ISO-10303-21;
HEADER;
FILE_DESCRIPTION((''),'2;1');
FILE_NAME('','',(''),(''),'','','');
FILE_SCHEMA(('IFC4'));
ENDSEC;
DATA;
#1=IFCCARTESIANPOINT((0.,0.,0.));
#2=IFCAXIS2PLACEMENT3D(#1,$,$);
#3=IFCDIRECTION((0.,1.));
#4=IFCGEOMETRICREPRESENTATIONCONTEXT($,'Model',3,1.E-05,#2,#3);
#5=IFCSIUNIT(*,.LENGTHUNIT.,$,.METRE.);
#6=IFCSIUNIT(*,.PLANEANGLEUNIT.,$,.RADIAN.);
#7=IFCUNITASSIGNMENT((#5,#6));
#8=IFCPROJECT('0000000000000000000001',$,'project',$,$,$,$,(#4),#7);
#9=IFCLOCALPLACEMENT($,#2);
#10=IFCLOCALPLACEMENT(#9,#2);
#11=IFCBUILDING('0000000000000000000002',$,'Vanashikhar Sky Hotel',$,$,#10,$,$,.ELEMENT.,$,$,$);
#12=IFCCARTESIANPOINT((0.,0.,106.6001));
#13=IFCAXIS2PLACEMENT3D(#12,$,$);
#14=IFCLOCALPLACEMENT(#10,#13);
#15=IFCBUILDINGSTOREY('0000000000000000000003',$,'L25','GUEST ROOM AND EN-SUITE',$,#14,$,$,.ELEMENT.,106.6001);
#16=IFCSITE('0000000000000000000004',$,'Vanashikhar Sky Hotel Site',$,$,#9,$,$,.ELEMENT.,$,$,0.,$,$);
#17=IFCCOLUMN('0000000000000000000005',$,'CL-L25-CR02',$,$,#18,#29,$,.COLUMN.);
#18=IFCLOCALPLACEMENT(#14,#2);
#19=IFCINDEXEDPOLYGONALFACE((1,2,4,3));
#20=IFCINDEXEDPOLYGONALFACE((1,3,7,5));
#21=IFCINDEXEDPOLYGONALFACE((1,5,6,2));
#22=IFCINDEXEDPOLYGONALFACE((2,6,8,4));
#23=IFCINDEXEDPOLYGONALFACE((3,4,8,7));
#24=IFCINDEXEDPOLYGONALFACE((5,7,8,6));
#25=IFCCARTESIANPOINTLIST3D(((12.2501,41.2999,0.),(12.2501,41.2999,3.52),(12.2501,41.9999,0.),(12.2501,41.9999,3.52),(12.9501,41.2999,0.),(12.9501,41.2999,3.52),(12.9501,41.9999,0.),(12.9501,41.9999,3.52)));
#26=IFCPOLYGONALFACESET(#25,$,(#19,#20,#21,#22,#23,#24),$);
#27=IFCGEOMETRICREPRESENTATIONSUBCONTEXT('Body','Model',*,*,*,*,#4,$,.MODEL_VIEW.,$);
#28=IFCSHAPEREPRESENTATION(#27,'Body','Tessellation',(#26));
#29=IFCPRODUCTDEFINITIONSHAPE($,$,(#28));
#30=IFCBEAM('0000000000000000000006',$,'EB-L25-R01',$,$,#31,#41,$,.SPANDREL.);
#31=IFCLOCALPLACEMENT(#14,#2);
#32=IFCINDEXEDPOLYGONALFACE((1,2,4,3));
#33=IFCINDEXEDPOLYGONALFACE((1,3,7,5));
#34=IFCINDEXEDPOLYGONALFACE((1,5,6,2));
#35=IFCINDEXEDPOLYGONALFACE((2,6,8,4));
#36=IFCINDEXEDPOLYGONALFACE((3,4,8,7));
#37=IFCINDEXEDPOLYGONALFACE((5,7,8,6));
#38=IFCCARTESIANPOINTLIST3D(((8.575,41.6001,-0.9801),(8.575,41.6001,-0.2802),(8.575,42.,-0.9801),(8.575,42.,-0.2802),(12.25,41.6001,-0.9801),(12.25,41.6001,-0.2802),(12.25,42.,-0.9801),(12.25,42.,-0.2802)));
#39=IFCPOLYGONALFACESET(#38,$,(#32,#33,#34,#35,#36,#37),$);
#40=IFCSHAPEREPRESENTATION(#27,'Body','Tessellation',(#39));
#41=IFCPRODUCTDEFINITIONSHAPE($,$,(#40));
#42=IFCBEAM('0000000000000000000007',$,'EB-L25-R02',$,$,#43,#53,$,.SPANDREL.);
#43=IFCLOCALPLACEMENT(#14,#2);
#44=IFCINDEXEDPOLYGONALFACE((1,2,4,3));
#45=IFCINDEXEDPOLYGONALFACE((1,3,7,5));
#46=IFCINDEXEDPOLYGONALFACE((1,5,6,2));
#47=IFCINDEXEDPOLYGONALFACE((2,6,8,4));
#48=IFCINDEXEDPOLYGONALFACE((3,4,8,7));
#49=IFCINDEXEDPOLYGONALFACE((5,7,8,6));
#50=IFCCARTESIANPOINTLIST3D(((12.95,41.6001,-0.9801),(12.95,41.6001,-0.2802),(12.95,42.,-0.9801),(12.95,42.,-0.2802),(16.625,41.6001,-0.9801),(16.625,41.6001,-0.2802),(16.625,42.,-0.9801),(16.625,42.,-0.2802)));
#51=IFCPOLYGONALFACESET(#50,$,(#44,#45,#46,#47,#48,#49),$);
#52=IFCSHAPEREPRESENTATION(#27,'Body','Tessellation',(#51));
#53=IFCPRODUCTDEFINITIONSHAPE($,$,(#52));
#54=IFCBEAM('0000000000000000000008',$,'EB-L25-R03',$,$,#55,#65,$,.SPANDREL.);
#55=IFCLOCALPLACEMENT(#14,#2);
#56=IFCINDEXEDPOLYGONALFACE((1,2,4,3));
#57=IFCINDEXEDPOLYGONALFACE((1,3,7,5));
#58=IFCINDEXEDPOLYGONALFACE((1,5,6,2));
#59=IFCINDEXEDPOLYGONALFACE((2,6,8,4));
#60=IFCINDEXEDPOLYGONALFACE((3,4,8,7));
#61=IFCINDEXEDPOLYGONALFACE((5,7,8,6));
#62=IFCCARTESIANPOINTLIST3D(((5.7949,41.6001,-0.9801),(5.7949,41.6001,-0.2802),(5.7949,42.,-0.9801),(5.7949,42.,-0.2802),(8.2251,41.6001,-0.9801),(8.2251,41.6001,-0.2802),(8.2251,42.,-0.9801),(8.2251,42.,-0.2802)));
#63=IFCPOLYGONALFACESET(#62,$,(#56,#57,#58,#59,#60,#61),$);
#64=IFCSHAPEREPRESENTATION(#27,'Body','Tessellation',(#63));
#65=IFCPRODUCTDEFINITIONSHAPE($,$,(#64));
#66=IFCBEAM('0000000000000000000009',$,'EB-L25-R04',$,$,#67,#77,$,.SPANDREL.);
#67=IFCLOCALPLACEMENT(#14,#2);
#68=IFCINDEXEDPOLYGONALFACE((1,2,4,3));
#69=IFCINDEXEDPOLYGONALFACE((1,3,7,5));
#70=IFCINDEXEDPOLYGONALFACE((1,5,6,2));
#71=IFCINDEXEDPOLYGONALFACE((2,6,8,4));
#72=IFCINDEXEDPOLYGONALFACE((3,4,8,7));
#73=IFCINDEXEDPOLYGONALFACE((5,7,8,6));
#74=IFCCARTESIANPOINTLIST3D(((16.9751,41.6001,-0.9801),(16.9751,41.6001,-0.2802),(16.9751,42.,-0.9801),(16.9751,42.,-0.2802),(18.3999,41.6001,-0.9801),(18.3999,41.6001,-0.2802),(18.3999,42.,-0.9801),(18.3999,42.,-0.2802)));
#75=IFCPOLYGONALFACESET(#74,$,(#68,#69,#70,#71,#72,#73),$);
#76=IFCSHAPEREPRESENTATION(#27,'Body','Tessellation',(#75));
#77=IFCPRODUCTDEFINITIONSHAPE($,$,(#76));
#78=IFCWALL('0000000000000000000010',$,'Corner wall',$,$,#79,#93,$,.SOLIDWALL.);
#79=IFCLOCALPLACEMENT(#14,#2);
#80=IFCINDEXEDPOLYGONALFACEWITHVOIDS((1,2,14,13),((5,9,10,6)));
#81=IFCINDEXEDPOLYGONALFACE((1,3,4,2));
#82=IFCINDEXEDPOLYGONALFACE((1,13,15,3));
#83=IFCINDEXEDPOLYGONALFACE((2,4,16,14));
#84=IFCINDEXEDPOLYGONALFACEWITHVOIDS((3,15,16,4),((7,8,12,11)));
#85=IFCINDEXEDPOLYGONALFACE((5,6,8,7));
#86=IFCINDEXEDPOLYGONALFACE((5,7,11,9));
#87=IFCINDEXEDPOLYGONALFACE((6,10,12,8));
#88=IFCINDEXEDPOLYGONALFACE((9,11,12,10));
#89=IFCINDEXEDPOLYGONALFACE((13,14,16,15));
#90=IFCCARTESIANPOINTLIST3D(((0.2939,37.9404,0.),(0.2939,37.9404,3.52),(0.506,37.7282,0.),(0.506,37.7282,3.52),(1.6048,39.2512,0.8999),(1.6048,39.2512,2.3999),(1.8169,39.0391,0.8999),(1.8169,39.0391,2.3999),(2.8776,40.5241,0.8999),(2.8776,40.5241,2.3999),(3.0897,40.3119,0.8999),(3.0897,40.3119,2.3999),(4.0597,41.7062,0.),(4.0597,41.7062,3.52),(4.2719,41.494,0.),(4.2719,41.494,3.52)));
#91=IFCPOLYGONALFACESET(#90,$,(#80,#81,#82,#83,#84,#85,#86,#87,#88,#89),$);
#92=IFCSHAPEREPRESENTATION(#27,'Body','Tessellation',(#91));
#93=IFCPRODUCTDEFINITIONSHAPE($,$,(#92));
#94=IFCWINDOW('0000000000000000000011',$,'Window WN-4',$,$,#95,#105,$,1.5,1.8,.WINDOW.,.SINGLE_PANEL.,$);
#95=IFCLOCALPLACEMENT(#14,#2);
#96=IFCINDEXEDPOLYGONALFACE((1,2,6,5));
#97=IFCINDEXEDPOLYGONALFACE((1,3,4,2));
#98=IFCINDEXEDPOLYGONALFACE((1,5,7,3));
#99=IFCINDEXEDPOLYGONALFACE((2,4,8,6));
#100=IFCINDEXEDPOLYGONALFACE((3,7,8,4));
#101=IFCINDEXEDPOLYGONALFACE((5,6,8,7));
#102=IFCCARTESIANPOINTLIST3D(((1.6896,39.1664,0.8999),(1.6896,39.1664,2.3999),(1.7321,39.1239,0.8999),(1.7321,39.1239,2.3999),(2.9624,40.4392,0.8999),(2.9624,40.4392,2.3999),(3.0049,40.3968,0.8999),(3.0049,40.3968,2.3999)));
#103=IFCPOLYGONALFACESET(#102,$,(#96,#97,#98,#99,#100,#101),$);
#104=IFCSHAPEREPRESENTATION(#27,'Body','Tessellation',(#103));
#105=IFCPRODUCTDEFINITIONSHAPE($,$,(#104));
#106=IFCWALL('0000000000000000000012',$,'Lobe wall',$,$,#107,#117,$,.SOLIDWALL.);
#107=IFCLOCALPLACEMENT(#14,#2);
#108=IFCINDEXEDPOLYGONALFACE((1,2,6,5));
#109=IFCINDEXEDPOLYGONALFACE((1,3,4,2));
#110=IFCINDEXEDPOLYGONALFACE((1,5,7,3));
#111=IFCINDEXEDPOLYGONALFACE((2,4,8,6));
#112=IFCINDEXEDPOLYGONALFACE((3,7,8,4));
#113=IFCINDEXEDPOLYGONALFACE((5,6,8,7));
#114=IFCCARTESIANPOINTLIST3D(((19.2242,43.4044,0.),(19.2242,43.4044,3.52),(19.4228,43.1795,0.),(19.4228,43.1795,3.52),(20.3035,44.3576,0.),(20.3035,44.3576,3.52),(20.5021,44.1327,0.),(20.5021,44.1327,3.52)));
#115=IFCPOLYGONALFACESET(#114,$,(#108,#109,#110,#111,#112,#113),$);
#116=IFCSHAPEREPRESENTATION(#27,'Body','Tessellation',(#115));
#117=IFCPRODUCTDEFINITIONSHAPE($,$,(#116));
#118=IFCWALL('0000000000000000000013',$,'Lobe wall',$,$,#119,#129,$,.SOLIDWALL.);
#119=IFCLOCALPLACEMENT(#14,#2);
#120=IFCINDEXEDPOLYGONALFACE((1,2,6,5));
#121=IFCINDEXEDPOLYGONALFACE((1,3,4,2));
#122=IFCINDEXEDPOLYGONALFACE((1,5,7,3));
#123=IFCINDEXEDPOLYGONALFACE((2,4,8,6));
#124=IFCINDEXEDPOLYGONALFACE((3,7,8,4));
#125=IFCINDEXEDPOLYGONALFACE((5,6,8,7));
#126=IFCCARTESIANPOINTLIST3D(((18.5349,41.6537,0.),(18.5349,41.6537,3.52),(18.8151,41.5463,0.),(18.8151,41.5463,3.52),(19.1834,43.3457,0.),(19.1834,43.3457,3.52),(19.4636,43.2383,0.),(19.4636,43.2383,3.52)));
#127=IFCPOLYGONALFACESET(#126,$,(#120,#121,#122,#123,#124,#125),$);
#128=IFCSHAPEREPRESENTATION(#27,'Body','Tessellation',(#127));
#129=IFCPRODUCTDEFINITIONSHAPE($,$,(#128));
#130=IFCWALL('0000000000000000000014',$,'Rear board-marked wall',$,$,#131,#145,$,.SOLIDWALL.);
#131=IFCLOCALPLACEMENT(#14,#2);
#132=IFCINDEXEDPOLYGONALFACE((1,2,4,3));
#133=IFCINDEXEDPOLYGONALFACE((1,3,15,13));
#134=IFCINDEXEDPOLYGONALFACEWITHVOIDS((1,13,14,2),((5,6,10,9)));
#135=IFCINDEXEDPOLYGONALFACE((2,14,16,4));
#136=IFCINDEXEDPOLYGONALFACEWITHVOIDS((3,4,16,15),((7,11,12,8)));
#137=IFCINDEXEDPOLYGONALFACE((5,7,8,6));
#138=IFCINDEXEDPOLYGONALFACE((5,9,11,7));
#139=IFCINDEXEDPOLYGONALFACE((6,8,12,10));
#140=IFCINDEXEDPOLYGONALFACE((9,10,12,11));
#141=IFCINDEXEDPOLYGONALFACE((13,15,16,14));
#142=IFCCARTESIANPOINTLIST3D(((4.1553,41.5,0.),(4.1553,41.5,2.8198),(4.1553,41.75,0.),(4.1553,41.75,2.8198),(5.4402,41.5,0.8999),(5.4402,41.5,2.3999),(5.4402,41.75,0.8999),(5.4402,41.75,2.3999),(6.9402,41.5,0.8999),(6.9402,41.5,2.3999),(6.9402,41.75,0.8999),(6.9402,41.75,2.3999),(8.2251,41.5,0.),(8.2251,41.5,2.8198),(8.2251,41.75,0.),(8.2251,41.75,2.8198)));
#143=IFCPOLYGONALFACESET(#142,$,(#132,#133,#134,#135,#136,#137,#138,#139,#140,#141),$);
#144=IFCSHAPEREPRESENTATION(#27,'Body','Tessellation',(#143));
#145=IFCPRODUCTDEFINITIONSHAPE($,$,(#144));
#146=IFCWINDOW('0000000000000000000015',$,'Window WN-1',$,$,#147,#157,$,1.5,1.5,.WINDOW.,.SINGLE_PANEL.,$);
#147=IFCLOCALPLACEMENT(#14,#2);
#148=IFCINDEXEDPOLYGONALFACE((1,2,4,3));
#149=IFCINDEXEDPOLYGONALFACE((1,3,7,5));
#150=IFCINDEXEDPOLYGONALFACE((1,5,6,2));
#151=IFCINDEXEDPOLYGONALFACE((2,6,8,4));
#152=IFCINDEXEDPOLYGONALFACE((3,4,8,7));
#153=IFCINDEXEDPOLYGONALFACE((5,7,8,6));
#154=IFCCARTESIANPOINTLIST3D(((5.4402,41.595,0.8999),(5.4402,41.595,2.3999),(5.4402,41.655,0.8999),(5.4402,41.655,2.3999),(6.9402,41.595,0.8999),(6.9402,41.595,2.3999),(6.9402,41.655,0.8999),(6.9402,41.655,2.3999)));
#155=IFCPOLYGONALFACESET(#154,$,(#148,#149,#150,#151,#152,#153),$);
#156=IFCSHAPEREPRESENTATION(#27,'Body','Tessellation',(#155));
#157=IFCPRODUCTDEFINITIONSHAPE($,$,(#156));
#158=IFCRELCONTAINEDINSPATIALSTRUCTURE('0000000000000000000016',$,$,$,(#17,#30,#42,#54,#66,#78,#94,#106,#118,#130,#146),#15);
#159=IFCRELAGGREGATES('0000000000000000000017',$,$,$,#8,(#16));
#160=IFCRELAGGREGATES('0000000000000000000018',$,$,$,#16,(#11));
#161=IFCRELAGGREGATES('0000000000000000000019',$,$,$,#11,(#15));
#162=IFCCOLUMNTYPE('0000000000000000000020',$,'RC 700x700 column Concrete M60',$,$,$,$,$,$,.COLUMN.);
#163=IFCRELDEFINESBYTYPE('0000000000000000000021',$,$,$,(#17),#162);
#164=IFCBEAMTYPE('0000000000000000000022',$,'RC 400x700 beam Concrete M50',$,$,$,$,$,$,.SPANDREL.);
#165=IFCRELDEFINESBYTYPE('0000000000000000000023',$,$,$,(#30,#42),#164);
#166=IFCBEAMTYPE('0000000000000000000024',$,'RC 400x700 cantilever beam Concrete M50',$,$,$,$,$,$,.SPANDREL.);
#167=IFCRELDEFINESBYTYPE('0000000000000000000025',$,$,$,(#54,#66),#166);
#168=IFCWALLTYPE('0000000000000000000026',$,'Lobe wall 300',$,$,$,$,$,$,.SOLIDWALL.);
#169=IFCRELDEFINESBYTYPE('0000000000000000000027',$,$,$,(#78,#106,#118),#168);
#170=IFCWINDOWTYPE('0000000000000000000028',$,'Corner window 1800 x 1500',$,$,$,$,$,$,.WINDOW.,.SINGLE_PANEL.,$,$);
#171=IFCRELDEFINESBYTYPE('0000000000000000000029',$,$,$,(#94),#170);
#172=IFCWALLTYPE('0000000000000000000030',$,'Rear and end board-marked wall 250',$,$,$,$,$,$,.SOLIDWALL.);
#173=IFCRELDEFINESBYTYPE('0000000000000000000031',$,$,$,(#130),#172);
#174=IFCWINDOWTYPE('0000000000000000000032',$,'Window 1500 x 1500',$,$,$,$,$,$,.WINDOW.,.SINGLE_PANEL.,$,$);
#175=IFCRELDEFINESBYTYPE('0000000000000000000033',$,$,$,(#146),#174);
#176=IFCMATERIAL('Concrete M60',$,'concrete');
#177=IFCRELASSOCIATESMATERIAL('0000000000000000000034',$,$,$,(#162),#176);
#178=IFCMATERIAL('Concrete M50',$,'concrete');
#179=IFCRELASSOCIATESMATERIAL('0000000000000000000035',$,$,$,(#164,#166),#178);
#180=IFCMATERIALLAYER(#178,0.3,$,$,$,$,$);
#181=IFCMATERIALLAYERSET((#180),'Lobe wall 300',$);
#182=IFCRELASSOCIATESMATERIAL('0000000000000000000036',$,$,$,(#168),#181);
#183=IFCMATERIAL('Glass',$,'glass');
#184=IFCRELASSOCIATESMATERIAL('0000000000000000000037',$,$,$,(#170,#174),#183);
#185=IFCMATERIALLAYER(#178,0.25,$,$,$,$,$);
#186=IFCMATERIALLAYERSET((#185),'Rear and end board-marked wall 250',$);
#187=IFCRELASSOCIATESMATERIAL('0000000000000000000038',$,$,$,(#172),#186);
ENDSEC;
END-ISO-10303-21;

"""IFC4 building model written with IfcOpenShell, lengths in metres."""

from ifc_helpers import new_model, si_unit, direction, frame, frame_2d, origin, origin_2d, place, context, subcontext, project, spatial, rectangle, extrude, source, transform, mapped, material, layer, layer_set, material_profile, profile_set, type_object, element, fill, save


model = new_model("IFC4")

# Units and contexts
model_context = context("Model", 3, precision=1e-05, world=origin(), true_north=direction((0.0, 1.0)))
body_context = subcontext(model_context, "Body", "Model", "MODEL_VIEW")
ifc_project = project(units=[si_unit("LENGTHUNIT", "METRE"), si_unit("PLANEANGLEUNIT", "RADIAN")], contexts=[model_context])

# Site, building, storey
site_placement = place(None, origin())
site = spatial("IfcSite", under=ifc_project, at=site_placement, Name="Vanashikhar Sky Hotel Site", CompositionType="ELEMENT", RefElevation=0.0)
building_placement = place(site_placement, origin())
building = spatial("IfcBuilding", under=site, at=building_placement, Name="Vanashikhar Sky Hotel", CompositionType="ELEMENT")
storey_placement = place(building_placement, frame((0.0, 0.0, 106.6001)))
storey = spatial("IfcBuildingStorey", under=building, at=storey_placement, Name="L25", Description="GUEST ROOM AND EN-SUITE", CompositionType="ELEMENT", Elevation=106.6001)

# Column
ifc_material_1 = material(Name="Concrete M60", Category="concrete")
ifc_material_profile_1 = material_profile(ifc_material_1, rectangle(XDim=0.7, YDim=0.7, at=origin_2d()))
ifc_profile_set_1 = profile_set([ifc_material_profile_1], Name="RC 700x700 column Concrete M60")
column_type = type_object("IfcColumnType", Name="RC 700x700 column Concrete M60", PredefinedType="COLUMN", material=ifc_profile_set_1)
shared_shape_1 = source(origin(), body_context, "Body", "SweptSolid", [
    extrude(rectangle(XDim=0.7, YDim=0.7, at=origin_2d()), origin(), (0.0, 0.0, 1.0), 3.52),
])
column_placement = place(storey_placement, frame((12.6001, 41.6499, 0.0), z_axis=(0.0, 0.0, 1.0), x_axis=(1.0, 0.0, 0.0)))
element("IfcColumn", 1, at=column_placement, inside=storey, type_object=column_type, Name="CL-L25-CR02", PredefinedType="COLUMN", context=body_context, shape_type="MappedRepresentation", body=[
    mapped(shared_shape_1, transform((0.0, 0.0, 0.0), scale=1.0)),
])

# Beams
ifc_material_2 = material(Name="Concrete M50", Category="concrete")
ifc_material_profile_2 = material_profile(ifc_material_2, rectangle(XDim=0.3999, YDim=0.7, at=origin_2d()))
ifc_profile_set_2 = profile_set([ifc_material_profile_2], Name="RC 400x700 beam Concrete M50")
beam_type_1 = type_object("IfcBeamType", Name="RC 400x700 beam Concrete M50", PredefinedType="SPANDREL", material=ifc_profile_set_2)
shared_shape_2 = source(origin(), body_context, "Body", "SweptSolid", [
    extrude(rectangle(XDim=0.3999, YDim=0.7, at=origin_2d()), origin(), (0.0, 0.0, 1.0), 3.675),
])
for number, where, z_axis, x_axis, name in (
    (2, (8.575, 41.8, -0.6301), (1.0, 0.0, 0.0), (0.0, 1.0, 0.0), "EB-L25-R01"),
    (3, (12.95, 41.8, -0.6301), (1.0, 0.0, 0.0), (0.0, 1.0, 0.0), "EB-L25-R02"),
):
    element("IfcBeam", number, at=place(storey_placement, frame(where, z_axis=z_axis, x_axis=x_axis)), inside=storey, type_object=beam_type_1, Name=name, PredefinedType="SPANDREL", context=body_context, shape_type="MappedRepresentation", body=[
        mapped(shared_shape_2, transform((0.0, 0.0, 0.0), scale=1.0)),
    ])
ifc_material_profile_3 = material_profile(ifc_material_2, rectangle(XDim=0.3999, YDim=0.7, at=origin_2d()))
ifc_profile_set_3 = profile_set([ifc_material_profile_3], Name="RC 400x700 cantilever beam Concrete M50")
beam_type_2 = type_object("IfcBeamType", Name="RC 400x700 cantilever beam Concrete M50", PredefinedType="SPANDREL", material=ifc_profile_set_3)
shared_shape_3 = source(origin(), body_context, "Body", "SweptSolid", [
    extrude(rectangle(XDim=0.3999, YDim=0.7, at=origin_2d()), origin(), (0.0, 0.0, 1.0), 2.4302),
])
beam_1_placement = place(storey_placement, frame((5.7949, 41.8, -0.6301), z_axis=(1.0, 0.0, 0.0), x_axis=(0.0, 1.0, 0.0)))
element("IfcBeam", 4, at=beam_1_placement, inside=storey, type_object=beam_type_2, Name="EB-L25-R03", PredefinedType="SPANDREL", context=body_context, shape_type="MappedRepresentation", body=[
    mapped(shared_shape_3, transform((0.0, 0.0, 0.0), scale=1.0)),
])
shared_shape_4 = source(origin(), body_context, "Body", "SweptSolid", [
    extrude(rectangle(XDim=0.3999, YDim=0.7, at=origin_2d()), origin(), (0.0, 0.0, 1.0), 1.4248),
])
beam_2_placement = place(storey_placement, frame((16.9751, 41.8, -0.6301), z_axis=(1.0, 0.0, 0.0), x_axis=(0.0, 1.0, 0.0)))
element("IfcBeam", 5, at=beam_2_placement, inside=storey, type_object=beam_type_2, Name="EB-L25-R04", PredefinedType="SPANDREL", context=body_context, shape_type="MappedRepresentation", body=[
    mapped(shared_shape_4, transform((0.0, 0.0, 0.0), scale=1.0)),
])

# Wall, opening, window
ifc_layer_1 = layer(ifc_material_2, 0.3)
ifc_layer_set_1 = layer_set([ifc_layer_1], Name="Lobe wall 300")
wall_type_1 = type_object("IfcWallType", Name="Lobe wall 300", PredefinedType="SOLIDWALL", material=ifc_layer_set_1)
shared_shape_5 = source(origin(), body_context, "Body", "SweptSolid", [
    extrude(rectangle(XDim=5.3257, YDim=0.3, at=frame_2d((2.6628, 0.0))), origin(), (0.0, 0.0, 1.0), 3.52),
])
wall_1_placement = place(storey_placement, frame((4.1658, 41.6001, 0.0), z_axis=(0.0, 0.0, 1.0), x_axis=(-0.707107, -0.707107, 0.0)))
wall_1 = element("IfcWall", 6, at=wall_1_placement, inside=storey, type_object=wall_type_1, Name="Corner wall", PredefinedType="SOLIDWALL", context=body_context, shape_type="MappedRepresentation", body=[
    mapped(shared_shape_5, transform((0.0, 0.0, 0.0), scale=1.0)),
])
shared_shape_6 = source(origin(), body_context, "Body", "SweptSolid", [
    extrude(rectangle(XDim=1.8, YDim=1.5, at=frame_2d((0.8999, 0.75))), frame((0.0, 0.1602, 0.0), z_axis=(0.0, -1.0, 0.0), x_axis=(1.0, 0.0, 0.0)), (0.0, 0.0, 1.0), 0.3201),
])
opening_1_placement = place(wall_1_placement, frame((1.6719, 0.0, 0.8999)))
opening_1 = element("IfcOpeningElement", 7, at=opening_1_placement, cuts=wall_1, PredefinedType="OPENING", context=body_context, shape_type="MappedRepresentation", body=[
    mapped(shared_shape_6, transform((0.0, 0.0, 0.0), scale=1.0)),
])
ifc_material_3 = material(Name="Glass", Category="glass")
window_type_1 = type_object("IfcWindowType", Name="Corner window 1800 x 1500", PartitioningType="SINGLE_PANEL", PredefinedType="WINDOW", material=ifc_material_3)
shared_shape_7 = source(origin(), body_context, "Body", "SweptSolid", [
    extrude(rectangle(XDim=1.8, YDim=1.5, at=frame_2d((0.8999, 0.75))), frame((0.0, 0.03, 0.0), z_axis=(0.0, -1.0, 0.0), x_axis=(1.0, 0.0, 0.0)), (0.0, 0.0, 1.0), 0.0601),
])
window_1_placement = place(opening_1_placement, origin())
window_1 = element("IfcWindow", 8, at=window_1_placement, inside=storey, type_object=window_type_1, Name="Window WN-4", OverallHeight=1.5, OverallWidth=1.8, PartitioningType="SINGLE_PANEL", PredefinedType="WINDOW", context=body_context, shape_type="MappedRepresentation", body=[
    mapped(shared_shape_7, transform((0.0, 0.0, 0.0), scale=1.0)),
])
fill(opening_1, window_1)

# Walls
shared_shape_8 = source(origin(), body_context, "Body", "SweptSolid", [
    extrude(rectangle(XDim=1.4399, YDim=0.3, at=frame_2d((0.72, 0.0))), origin(), (0.0, 0.0, 1.0), 3.52),
])
wall_2_placement = place(storey_placement, frame((20.4028, 44.2451, 0.0), z_axis=(0.0, 0.0, 1.0), x_axis=(-0.749576, -0.661919, 0.0)))
element("IfcWall", 9, at=wall_2_placement, inside=storey, type_object=wall_type_1, Name="Lobe wall", PredefinedType="SOLIDWALL", context=body_context, shape_type="MappedRepresentation", body=[
    mapped(shared_shape_8, transform((0.0, 0.0, 0.0), scale=1.0)),
])
shared_shape_9 = source(origin(), body_context, "Body", "SweptSolid", [
    extrude(rectangle(XDim=1.812, YDim=0.3, at=frame_2d((0.906, 0.0))), origin(), (0.0, 0.0, 1.0), 3.52),
])
wall_3_placement = place(storey_placement, frame((19.3235, 43.292, 0.0), z_axis=(0.0, 0.0, 1.0), x_axis=(-0.357877, -0.933769, 0.0)))
element("IfcWall", 10, at=wall_3_placement, inside=storey, type_object=wall_type_1, Name="Lobe wall", PredefinedType="SOLIDWALL", context=body_context, shape_type="MappedRepresentation", body=[
    mapped(shared_shape_9, transform((0.0, 0.0, 0.0), scale=1.0)),
])

# Wall, opening, window
ifc_layer_2 = layer(ifc_material_2, 0.25)
ifc_layer_set_2 = layer_set([ifc_layer_2], Name="Rear and end board-marked wall 250")
wall_type_2 = type_object("IfcWallType", Name="Rear and end board-marked wall 250", PredefinedType="SOLIDWALL", material=ifc_layer_set_2)
shared_shape_10 = source(origin(), body_context, "Body", "SweptSolid", [
    extrude(rectangle(XDim=4.0698, YDim=0.25, at=frame_2d((2.0349, 0.0))), origin(), (0.0, 0.0, 1.0), 2.8198),
])
wall_4_placement = place(storey_placement, frame((8.2251, 41.625, 0.0), z_axis=(0.0, 0.0, 1.0), x_axis=(-1.0, 0.0, 0.0)))
wall_4 = element("IfcWall", 11, at=wall_4_placement, inside=storey, type_object=wall_type_2, Name="Rear board-marked wall", PredefinedType="SOLIDWALL", context=body_context, shape_type="MappedRepresentation", body=[
    mapped(shared_shape_10, transform((0.0, 0.0, 0.0), scale=1.0)),
])
shared_shape_11 = source(origin(), body_context, "Body", "SweptSolid", [
    extrude(rectangle(XDim=1.5, YDim=1.5, at=frame_2d((0.75, 0.75))), frame((0.0, 0.135, 0.0), z_axis=(0.0, -1.0, 0.0), x_axis=(1.0, 0.0, 0.0)), (0.0, 0.0, 1.0), 0.27),
])
opening_2_placement = place(wall_4_placement, frame((1.2849, 0.0, 0.8999)))
opening_2 = element("IfcOpeningElement", 12, at=opening_2_placement, cuts=wall_4, PredefinedType="OPENING", context=body_context, shape_type="MappedRepresentation", body=[
    mapped(shared_shape_11, transform((0.0, 0.0, 0.0), scale=1.0)),
])
window_type_2 = type_object("IfcWindowType", Name="Window 1500 x 1500", PartitioningType="SINGLE_PANEL", PredefinedType="WINDOW", material=ifc_material_3)
shared_shape_12 = source(origin(), body_context, "Body", "SweptSolid", [
    extrude(rectangle(XDim=1.5, YDim=1.5, at=frame_2d((0.75, 0.75))), frame((0.0, 0.03, 0.0), z_axis=(0.0, -1.0, 0.0), x_axis=(1.0, 0.0, 0.0)), (0.0, 0.0, 1.0), 0.0601),
])
window_2_placement = place(opening_2_placement, origin())
window_2 = element("IfcWindow", 13, at=window_2_placement, inside=storey, type_object=window_type_2, Name="Window WN-1", OverallHeight=1.5, OverallWidth=1.5, PartitioningType="SINGLE_PANEL", PredefinedType="WINDOW", context=body_context, shape_type="MappedRepresentation", body=[
    mapped(shared_shape_12, transform((0.0, 0.0, 0.0), scale=1.0)),
])
fill(opening_2, window_2)

save(model, "model.ifc")
